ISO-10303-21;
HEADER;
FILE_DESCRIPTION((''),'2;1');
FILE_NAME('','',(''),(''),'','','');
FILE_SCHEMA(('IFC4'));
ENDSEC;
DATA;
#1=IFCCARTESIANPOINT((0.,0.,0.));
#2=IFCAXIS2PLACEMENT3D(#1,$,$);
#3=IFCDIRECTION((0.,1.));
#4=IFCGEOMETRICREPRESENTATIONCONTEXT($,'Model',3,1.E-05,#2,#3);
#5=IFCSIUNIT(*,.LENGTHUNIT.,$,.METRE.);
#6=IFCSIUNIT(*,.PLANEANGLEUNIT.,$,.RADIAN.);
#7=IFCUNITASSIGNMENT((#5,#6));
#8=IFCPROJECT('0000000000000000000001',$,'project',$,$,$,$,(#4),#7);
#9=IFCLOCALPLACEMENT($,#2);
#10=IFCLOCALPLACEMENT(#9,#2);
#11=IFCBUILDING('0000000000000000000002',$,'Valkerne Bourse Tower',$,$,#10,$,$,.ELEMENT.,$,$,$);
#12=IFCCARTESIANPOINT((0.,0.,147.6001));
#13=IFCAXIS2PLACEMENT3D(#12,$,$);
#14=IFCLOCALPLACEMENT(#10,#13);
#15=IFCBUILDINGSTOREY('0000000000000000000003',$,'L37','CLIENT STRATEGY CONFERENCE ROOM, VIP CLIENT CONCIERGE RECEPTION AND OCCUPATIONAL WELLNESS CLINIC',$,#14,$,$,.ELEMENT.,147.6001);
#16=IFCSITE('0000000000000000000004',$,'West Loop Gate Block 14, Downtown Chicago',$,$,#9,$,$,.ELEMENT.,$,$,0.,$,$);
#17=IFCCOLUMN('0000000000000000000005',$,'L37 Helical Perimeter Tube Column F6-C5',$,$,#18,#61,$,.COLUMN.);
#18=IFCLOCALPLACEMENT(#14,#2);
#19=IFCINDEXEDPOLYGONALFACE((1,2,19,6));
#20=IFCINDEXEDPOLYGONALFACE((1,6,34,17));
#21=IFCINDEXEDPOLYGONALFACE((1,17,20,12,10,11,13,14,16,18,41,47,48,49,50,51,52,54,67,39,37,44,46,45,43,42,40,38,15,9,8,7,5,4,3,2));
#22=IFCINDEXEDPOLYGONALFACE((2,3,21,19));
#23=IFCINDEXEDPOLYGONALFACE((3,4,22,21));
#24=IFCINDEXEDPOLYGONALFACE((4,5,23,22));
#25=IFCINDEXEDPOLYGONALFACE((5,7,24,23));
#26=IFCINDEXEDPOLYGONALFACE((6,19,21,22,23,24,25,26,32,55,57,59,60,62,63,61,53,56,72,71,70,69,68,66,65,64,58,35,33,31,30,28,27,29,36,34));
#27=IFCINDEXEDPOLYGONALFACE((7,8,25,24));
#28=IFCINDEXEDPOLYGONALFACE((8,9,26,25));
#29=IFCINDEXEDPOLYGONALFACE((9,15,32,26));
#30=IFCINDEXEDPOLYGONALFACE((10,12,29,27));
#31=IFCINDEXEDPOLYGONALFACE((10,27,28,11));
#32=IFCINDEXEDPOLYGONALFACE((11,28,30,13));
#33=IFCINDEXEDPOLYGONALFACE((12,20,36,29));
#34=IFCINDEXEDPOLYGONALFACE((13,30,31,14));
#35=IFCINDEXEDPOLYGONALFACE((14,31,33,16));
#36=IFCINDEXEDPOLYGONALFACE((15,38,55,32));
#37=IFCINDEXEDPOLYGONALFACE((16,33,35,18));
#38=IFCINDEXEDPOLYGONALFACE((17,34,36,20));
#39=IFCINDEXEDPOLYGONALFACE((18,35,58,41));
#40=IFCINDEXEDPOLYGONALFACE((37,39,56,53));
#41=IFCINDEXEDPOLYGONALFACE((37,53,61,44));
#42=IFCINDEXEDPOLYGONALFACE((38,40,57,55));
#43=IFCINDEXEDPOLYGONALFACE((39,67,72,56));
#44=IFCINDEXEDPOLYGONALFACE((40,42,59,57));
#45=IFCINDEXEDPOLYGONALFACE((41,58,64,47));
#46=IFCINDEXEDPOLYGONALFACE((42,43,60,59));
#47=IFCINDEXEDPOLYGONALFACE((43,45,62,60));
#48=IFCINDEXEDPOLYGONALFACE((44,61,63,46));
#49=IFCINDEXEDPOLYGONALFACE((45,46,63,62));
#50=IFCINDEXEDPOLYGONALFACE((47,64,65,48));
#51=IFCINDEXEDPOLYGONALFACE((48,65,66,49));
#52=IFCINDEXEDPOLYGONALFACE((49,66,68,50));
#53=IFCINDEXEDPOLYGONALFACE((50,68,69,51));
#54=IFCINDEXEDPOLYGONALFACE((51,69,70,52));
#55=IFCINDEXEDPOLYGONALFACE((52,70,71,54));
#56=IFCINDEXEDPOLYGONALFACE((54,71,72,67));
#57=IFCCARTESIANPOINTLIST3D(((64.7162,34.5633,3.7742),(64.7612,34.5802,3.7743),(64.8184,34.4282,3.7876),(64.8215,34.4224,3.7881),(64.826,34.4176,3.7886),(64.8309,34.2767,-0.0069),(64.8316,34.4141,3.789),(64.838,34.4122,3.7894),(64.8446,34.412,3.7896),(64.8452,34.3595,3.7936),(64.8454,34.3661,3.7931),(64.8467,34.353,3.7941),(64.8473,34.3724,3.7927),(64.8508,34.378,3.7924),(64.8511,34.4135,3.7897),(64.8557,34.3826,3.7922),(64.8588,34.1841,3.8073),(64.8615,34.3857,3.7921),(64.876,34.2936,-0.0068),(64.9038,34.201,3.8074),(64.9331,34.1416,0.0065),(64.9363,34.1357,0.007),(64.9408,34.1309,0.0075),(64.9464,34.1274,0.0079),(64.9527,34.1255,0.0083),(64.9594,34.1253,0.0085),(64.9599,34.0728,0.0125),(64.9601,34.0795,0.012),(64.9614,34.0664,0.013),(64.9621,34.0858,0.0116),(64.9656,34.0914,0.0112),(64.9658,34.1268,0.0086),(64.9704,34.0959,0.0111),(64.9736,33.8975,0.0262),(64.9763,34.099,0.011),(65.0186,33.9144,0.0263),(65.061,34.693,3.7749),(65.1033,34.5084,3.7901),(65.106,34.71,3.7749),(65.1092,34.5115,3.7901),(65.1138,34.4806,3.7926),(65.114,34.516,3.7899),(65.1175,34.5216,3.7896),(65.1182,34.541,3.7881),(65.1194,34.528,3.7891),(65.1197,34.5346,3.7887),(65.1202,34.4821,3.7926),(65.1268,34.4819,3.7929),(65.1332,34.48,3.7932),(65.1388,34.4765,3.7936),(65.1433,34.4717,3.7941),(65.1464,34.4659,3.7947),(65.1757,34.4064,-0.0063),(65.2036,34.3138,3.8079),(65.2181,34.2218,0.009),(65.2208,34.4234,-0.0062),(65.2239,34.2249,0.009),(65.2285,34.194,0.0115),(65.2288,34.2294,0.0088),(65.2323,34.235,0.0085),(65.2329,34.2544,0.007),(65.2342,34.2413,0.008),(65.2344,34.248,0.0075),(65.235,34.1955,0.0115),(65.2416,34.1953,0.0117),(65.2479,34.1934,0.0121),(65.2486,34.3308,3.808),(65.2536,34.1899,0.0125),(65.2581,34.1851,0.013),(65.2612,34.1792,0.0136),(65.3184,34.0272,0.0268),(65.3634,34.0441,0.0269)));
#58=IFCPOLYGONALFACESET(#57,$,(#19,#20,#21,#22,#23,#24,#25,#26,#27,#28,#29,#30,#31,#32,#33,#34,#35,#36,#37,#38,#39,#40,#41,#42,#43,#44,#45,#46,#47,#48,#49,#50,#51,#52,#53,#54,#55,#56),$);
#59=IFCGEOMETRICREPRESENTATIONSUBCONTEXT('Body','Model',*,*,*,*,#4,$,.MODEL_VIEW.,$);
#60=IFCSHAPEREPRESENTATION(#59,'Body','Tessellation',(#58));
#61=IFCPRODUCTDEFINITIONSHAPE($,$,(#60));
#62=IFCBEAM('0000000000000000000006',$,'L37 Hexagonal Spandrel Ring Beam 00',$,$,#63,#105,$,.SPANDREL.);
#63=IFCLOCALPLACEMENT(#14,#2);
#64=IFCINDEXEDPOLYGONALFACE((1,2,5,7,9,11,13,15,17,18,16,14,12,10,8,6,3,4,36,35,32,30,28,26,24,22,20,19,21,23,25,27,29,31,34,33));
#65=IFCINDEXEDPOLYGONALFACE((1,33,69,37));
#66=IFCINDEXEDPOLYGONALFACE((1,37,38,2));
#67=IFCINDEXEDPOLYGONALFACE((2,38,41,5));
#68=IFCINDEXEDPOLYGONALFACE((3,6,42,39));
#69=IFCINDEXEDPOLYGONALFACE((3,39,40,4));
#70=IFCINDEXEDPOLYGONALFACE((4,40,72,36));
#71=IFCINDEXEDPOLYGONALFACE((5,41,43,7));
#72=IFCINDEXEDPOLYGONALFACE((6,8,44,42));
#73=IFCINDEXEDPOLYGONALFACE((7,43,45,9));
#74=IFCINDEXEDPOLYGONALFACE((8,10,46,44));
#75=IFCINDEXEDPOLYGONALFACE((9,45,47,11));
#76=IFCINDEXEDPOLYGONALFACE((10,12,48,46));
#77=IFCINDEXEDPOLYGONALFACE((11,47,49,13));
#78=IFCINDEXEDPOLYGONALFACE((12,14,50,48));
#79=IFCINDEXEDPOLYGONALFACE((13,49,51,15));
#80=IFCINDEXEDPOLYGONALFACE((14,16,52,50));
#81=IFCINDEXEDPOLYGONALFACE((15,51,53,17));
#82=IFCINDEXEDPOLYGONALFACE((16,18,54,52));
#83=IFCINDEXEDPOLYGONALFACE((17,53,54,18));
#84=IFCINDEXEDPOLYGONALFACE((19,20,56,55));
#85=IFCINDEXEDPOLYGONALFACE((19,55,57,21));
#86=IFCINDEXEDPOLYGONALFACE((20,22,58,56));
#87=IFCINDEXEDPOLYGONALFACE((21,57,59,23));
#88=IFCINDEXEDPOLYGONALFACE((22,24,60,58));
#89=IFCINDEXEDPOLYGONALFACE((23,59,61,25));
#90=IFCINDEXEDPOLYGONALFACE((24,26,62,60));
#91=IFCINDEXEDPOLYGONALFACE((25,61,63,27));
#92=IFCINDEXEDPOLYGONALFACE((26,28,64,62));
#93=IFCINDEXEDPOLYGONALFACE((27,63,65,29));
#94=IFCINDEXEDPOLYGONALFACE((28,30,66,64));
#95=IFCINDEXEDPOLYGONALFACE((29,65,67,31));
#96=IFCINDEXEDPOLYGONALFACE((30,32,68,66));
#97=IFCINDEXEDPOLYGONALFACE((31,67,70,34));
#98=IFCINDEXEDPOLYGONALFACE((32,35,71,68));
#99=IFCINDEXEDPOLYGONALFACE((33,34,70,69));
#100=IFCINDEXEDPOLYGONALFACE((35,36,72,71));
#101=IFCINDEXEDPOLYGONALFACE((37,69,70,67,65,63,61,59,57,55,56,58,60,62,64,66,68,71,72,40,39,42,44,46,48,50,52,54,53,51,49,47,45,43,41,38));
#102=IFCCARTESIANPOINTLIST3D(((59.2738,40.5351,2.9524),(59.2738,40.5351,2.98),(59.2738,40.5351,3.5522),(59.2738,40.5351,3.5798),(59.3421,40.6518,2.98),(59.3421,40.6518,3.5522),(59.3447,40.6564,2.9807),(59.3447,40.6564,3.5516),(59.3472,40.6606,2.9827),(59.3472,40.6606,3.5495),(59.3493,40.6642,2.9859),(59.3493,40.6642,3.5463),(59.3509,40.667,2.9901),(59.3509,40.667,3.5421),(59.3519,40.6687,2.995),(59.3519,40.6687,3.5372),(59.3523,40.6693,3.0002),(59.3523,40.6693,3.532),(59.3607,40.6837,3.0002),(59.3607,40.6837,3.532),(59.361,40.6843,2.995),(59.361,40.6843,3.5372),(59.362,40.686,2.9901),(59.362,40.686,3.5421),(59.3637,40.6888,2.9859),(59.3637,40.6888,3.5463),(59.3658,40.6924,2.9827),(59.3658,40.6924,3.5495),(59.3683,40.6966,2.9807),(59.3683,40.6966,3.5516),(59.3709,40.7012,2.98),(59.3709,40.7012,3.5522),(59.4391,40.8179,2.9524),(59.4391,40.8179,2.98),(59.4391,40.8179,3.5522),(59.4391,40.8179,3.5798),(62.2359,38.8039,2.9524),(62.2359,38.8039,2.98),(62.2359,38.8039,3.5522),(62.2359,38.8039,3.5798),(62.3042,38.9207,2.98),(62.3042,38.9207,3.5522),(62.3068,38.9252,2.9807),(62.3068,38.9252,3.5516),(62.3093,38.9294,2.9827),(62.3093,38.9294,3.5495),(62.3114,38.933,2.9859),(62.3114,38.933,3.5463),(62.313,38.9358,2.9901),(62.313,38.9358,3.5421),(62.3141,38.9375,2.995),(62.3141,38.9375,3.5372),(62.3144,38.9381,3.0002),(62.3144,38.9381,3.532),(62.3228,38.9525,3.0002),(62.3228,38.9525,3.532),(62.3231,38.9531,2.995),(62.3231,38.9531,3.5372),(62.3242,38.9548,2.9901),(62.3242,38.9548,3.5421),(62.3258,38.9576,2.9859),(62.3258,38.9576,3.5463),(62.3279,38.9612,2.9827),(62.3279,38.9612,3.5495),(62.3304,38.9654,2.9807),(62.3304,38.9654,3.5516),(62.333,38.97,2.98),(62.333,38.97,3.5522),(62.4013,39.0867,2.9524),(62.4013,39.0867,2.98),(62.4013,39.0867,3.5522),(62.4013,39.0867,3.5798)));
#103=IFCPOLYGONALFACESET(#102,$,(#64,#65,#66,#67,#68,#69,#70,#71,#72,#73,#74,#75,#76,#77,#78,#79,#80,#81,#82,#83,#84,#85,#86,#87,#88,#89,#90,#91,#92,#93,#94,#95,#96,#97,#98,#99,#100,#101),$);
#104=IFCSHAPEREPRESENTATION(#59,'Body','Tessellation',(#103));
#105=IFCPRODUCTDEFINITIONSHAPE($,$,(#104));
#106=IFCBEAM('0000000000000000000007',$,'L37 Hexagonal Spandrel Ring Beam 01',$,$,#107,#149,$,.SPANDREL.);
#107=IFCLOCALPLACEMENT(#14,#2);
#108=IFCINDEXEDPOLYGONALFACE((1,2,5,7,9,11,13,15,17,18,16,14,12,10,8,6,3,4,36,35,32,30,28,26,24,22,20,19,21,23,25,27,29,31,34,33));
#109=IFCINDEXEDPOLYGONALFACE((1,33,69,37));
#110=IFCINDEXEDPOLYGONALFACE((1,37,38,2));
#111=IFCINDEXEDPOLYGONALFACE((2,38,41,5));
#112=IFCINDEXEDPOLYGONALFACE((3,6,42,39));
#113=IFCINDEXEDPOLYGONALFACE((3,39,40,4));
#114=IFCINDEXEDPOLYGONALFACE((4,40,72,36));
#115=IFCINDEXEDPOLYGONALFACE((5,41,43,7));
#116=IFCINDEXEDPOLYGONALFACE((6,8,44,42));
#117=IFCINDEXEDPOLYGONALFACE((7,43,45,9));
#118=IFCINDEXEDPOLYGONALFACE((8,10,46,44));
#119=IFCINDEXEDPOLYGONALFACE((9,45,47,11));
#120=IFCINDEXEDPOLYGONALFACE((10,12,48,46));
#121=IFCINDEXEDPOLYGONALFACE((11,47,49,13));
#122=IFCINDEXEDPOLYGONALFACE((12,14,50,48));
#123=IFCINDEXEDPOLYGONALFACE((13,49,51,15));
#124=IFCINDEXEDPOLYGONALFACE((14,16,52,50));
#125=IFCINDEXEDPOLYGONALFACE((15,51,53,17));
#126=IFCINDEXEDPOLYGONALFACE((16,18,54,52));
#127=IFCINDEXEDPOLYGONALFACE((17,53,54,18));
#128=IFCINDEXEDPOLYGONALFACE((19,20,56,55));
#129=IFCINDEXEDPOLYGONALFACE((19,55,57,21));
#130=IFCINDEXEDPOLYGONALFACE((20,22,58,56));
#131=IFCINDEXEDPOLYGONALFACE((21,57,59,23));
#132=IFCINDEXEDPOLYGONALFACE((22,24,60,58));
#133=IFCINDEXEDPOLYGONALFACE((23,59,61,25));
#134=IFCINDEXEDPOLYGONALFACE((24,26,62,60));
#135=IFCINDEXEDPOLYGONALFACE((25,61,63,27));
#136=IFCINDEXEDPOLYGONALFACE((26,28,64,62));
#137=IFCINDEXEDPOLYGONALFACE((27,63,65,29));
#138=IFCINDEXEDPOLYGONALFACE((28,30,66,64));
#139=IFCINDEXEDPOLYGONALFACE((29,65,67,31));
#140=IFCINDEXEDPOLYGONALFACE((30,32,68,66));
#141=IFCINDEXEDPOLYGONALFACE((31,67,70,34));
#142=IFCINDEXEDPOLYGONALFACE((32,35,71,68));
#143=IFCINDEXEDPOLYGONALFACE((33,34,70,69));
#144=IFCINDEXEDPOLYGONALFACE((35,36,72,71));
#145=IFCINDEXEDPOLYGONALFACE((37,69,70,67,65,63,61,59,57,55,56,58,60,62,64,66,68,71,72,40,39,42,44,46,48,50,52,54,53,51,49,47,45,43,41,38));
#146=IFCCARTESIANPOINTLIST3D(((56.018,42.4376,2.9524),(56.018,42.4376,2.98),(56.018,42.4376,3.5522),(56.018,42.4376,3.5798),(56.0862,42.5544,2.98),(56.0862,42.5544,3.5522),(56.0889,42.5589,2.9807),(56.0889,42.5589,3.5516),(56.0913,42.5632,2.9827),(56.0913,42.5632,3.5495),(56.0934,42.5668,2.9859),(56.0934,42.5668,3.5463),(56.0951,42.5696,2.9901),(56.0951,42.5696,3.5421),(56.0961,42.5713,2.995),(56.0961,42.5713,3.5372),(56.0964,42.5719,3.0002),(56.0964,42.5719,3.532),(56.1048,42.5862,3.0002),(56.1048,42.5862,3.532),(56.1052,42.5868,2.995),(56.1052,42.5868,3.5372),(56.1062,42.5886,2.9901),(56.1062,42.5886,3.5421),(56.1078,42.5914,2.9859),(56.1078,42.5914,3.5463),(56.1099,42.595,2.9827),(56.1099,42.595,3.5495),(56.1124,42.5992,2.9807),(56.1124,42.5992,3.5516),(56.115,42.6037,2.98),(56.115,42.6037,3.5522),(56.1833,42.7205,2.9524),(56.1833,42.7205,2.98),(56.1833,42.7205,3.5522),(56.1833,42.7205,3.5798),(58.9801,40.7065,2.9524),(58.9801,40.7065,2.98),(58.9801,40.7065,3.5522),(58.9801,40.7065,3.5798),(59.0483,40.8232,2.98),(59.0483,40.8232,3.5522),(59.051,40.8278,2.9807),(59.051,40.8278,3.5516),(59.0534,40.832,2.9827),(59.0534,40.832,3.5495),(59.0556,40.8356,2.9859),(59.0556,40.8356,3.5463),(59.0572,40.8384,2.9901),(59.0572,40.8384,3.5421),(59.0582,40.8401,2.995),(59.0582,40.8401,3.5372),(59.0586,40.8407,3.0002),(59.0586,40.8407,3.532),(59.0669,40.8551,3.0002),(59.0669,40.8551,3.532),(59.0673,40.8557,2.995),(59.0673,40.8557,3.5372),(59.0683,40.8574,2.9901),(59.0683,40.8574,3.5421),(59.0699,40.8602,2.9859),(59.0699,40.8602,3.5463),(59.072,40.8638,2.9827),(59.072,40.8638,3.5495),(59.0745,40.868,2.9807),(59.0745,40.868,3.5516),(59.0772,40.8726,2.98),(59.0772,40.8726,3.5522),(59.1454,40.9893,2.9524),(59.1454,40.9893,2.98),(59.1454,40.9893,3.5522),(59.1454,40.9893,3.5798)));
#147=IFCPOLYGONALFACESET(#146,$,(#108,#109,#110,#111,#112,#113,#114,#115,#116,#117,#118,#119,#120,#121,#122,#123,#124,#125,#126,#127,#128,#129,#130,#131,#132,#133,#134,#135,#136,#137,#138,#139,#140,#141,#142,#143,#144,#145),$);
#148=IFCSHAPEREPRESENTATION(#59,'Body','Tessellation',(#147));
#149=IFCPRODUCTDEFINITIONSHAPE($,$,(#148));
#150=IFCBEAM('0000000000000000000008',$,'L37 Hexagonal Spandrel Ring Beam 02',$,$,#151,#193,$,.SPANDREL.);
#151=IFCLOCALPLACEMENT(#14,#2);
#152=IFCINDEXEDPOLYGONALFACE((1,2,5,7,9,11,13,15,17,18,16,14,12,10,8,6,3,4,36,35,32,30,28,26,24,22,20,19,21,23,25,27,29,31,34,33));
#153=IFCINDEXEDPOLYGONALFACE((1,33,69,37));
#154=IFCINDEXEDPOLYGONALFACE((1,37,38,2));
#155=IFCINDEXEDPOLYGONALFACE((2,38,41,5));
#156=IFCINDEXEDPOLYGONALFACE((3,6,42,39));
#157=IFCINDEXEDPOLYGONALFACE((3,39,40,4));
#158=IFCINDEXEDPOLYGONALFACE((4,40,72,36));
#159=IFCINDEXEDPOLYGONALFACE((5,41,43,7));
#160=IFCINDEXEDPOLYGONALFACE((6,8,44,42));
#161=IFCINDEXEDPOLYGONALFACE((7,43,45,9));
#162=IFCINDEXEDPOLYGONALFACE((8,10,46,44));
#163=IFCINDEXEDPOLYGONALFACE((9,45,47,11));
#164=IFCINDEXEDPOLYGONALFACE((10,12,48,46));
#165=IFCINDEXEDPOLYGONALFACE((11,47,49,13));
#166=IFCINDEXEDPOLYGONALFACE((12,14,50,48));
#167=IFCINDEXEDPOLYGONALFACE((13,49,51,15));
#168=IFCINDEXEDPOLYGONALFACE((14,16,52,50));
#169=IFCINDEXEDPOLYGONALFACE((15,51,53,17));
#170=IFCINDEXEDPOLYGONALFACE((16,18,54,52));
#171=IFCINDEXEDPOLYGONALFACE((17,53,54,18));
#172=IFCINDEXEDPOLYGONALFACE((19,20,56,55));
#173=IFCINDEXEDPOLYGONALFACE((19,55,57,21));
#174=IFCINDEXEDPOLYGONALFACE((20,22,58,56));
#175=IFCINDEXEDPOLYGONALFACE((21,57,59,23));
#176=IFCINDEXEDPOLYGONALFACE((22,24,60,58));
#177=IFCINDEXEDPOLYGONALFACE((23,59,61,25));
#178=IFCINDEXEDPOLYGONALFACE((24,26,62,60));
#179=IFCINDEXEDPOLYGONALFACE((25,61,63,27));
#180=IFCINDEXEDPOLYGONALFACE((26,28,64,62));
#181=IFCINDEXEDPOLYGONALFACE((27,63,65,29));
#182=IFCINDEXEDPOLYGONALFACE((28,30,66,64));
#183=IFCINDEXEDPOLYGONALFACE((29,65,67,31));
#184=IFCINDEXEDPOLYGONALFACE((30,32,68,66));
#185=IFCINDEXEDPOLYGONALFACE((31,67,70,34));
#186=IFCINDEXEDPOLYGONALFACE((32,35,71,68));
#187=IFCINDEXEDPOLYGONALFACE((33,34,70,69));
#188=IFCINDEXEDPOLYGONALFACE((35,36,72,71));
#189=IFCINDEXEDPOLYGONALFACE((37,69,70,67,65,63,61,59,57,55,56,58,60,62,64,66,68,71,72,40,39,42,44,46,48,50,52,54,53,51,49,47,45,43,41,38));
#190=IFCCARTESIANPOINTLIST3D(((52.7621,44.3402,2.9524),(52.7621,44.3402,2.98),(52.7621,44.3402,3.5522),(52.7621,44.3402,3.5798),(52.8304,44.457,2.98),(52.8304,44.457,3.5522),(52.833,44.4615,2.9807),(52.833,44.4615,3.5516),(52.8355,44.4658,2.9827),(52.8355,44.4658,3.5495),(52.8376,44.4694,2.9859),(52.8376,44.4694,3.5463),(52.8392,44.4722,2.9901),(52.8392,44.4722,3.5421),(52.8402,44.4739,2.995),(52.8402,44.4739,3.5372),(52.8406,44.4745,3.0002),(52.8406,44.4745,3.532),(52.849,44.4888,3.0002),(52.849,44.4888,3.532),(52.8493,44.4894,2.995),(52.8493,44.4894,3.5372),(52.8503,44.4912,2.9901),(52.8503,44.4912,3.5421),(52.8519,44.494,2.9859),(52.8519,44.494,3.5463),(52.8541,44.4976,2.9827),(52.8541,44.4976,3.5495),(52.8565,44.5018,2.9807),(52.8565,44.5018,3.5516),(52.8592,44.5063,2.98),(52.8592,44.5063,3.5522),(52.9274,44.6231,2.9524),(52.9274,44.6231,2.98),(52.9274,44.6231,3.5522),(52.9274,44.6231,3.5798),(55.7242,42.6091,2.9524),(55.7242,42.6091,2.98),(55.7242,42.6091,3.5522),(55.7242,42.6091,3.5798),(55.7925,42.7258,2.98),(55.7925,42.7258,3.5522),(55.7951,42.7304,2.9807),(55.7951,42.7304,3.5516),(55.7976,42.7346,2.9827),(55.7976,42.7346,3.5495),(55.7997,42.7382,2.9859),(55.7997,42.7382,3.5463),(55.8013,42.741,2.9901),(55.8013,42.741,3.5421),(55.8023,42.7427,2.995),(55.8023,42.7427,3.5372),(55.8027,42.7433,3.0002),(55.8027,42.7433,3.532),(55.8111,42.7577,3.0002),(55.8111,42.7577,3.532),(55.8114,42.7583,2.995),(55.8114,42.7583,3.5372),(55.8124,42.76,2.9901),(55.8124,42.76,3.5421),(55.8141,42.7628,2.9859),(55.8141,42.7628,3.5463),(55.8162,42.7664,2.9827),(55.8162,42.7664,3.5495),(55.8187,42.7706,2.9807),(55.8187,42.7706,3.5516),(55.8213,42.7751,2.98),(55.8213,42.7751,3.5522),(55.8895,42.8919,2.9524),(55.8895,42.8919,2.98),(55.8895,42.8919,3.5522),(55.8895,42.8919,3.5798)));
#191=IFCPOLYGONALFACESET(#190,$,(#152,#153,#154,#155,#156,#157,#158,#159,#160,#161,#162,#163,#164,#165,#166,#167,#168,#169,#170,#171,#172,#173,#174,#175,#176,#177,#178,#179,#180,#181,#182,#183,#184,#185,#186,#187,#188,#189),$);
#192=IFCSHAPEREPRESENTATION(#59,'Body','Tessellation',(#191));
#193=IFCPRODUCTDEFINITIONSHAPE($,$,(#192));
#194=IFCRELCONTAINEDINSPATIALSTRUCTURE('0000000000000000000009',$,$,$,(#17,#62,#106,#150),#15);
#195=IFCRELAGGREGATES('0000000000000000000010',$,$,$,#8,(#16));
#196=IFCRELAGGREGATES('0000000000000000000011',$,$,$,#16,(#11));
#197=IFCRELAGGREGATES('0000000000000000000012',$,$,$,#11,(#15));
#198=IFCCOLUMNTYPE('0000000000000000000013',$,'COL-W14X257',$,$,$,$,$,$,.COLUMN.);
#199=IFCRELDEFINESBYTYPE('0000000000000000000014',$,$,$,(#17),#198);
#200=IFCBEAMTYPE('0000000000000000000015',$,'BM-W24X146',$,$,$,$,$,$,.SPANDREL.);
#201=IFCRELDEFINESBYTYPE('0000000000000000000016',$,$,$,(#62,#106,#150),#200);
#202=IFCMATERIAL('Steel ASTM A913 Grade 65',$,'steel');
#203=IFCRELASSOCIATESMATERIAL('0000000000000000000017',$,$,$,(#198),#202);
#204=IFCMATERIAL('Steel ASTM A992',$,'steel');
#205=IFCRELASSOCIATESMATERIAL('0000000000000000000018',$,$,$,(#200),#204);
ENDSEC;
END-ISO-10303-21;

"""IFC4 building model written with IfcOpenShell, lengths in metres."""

from ifc_helpers import new_model, si_unit, direction, frame, origin, origin_2d, place, context, subcontext, project, spatial, i_section, extrude, material, material_profile, profile_set, type_object, element, save


model = new_model("IFC4")

# Units and contexts
model_context = context("Model", 3, precision=1e-05, world=origin(), true_north=direction((0.0, 1.0)))
body_context = subcontext(model_context, "Body", "Model", "MODEL_VIEW")
ifc_project = project(units=[si_unit("LENGTHUNIT", "METRE"), si_unit("PLANEANGLEUNIT", "RADIAN")], contexts=[model_context])

# Site, building, storey
site_placement = place(None, origin())
site = spatial("IfcSite", under=ifc_project, at=site_placement, Name="West Loop Gate Block 14, Downtown Chicago", CompositionType="ELEMENT", RefElevation=0.0)
building_placement = place(site_placement, origin())
building = spatial("IfcBuilding", under=site, at=building_placement, Name="Valkerne Bourse Tower", CompositionType="ELEMENT")
storey_placement = place(building_placement, frame((0.0, 0.0, 147.6001)))
storey = spatial("IfcBuildingStorey", under=building, at=storey_placement, Name="L37", Description="CLIENT STRATEGY CONFERENCE ROOM, VIP CLIENT CONCIERGE RECEPTION AND OCCUPATIONAL WELLNESS CLINIC", CompositionType="ELEMENT", Elevation=147.6001)

# Column
ifc_material_1 = material(Name="Steel ASTM A913 Grade 65", Category="steel")
ifc_material_profile_1 = material_profile(ifc_material_1, i_section(OverallWidth=0.4065, OverallDepth=0.4165, WebThickness=0.0298, FlangeThickness=0.0481, FilletRadius=0.0254, at=origin_2d()), Name="W14X257")
ifc_profile_set_1 = profile_set([ifc_material_profile_1], Name="Steel ASTM A913 Grade 65")
column_type = type_object("IfcColumnType", Name="COL-W14X257", PredefinedType="COLUMN", material=ifc_profile_set_1)
column_1_placement = place(storey_placement, frame((65.0972, 34.1604, 0.01), z_axis=(-0.030247, 0.075554, 0.996683), x_axis=(0.350907, -0.932869, 0.081366)))
element("IfcColumn", 1, at=column_1_placement, inside=storey, type_object=column_type, Name="L37 Helical Perimeter Tube Column F6-C5", PredefinedType="COLUMN", context=body_context, shape_type="SweptSolid", body=[
    extrude(i_section(OverallWidth=0.4065, OverallDepth=0.4165, WebThickness=0.0298, FlangeThickness=0.0481, FilletRadius=0.0254, at=origin_2d()), origin(), (0.0, 0.0, 1.0), 3.7937),
])

# Beams
ifc_material_2 = material(Name="Steel ASTM A992", Category="steel")
ifc_material_profile_2 = material_profile(ifc_material_2, i_section(OverallWidth=0.3276, OverallDepth=0.6274, WebThickness=0.0166, FlangeThickness=0.0276, FilletRadius=0.0203, at=origin_2d()), Name="W24X146")
ifc_profile_set_2 = profile_set([ifc_material_profile_2], Name="Steel ASTM A992")
beam_type = type_object("IfcBeamType", Name="BM-W24X146", PredefinedType="SPANDREL", material=ifc_profile_set_2)
for number, where, z_axis, x_axis, name in (
    (2, (62.3186, 38.9453, 3.2661), (-0.863363, 0.504583, 0.0), (-0.504583, -0.863363, 0.0), "L37 Hexagonal Spandrel Ring Beam 00"),
    (3, (59.0627, 40.8479, 3.2661), (-0.863363, 0.504583, 0.0), (-0.504583, -0.863363, 0.0), "L37 Hexagonal Spandrel Ring Beam 01"),
    (4, (55.8069, 42.7505, 3.2661), (-0.863363, 0.504583, 0.0), (-0.504583, -0.863363, 0.0), "L37 Hexagonal Spandrel Ring Beam 02"),
):
    element("IfcBeam", number, at=place(storey_placement, frame(where, z_axis=z_axis, x_axis=x_axis)), inside=storey, type_object=beam_type, Name=name, PredefinedType="SPANDREL", context=body_context, shape_type="SweptSolid", body=[
        extrude(i_section(OverallWidth=0.3276, OverallDepth=0.6274, WebThickness=0.0166, FlangeThickness=0.0276, FilletRadius=0.0203, at=origin_2d()), origin(), (0.0, 0.0, 1.0), 3.4309),
    ])

save(model, "model.ifc")
